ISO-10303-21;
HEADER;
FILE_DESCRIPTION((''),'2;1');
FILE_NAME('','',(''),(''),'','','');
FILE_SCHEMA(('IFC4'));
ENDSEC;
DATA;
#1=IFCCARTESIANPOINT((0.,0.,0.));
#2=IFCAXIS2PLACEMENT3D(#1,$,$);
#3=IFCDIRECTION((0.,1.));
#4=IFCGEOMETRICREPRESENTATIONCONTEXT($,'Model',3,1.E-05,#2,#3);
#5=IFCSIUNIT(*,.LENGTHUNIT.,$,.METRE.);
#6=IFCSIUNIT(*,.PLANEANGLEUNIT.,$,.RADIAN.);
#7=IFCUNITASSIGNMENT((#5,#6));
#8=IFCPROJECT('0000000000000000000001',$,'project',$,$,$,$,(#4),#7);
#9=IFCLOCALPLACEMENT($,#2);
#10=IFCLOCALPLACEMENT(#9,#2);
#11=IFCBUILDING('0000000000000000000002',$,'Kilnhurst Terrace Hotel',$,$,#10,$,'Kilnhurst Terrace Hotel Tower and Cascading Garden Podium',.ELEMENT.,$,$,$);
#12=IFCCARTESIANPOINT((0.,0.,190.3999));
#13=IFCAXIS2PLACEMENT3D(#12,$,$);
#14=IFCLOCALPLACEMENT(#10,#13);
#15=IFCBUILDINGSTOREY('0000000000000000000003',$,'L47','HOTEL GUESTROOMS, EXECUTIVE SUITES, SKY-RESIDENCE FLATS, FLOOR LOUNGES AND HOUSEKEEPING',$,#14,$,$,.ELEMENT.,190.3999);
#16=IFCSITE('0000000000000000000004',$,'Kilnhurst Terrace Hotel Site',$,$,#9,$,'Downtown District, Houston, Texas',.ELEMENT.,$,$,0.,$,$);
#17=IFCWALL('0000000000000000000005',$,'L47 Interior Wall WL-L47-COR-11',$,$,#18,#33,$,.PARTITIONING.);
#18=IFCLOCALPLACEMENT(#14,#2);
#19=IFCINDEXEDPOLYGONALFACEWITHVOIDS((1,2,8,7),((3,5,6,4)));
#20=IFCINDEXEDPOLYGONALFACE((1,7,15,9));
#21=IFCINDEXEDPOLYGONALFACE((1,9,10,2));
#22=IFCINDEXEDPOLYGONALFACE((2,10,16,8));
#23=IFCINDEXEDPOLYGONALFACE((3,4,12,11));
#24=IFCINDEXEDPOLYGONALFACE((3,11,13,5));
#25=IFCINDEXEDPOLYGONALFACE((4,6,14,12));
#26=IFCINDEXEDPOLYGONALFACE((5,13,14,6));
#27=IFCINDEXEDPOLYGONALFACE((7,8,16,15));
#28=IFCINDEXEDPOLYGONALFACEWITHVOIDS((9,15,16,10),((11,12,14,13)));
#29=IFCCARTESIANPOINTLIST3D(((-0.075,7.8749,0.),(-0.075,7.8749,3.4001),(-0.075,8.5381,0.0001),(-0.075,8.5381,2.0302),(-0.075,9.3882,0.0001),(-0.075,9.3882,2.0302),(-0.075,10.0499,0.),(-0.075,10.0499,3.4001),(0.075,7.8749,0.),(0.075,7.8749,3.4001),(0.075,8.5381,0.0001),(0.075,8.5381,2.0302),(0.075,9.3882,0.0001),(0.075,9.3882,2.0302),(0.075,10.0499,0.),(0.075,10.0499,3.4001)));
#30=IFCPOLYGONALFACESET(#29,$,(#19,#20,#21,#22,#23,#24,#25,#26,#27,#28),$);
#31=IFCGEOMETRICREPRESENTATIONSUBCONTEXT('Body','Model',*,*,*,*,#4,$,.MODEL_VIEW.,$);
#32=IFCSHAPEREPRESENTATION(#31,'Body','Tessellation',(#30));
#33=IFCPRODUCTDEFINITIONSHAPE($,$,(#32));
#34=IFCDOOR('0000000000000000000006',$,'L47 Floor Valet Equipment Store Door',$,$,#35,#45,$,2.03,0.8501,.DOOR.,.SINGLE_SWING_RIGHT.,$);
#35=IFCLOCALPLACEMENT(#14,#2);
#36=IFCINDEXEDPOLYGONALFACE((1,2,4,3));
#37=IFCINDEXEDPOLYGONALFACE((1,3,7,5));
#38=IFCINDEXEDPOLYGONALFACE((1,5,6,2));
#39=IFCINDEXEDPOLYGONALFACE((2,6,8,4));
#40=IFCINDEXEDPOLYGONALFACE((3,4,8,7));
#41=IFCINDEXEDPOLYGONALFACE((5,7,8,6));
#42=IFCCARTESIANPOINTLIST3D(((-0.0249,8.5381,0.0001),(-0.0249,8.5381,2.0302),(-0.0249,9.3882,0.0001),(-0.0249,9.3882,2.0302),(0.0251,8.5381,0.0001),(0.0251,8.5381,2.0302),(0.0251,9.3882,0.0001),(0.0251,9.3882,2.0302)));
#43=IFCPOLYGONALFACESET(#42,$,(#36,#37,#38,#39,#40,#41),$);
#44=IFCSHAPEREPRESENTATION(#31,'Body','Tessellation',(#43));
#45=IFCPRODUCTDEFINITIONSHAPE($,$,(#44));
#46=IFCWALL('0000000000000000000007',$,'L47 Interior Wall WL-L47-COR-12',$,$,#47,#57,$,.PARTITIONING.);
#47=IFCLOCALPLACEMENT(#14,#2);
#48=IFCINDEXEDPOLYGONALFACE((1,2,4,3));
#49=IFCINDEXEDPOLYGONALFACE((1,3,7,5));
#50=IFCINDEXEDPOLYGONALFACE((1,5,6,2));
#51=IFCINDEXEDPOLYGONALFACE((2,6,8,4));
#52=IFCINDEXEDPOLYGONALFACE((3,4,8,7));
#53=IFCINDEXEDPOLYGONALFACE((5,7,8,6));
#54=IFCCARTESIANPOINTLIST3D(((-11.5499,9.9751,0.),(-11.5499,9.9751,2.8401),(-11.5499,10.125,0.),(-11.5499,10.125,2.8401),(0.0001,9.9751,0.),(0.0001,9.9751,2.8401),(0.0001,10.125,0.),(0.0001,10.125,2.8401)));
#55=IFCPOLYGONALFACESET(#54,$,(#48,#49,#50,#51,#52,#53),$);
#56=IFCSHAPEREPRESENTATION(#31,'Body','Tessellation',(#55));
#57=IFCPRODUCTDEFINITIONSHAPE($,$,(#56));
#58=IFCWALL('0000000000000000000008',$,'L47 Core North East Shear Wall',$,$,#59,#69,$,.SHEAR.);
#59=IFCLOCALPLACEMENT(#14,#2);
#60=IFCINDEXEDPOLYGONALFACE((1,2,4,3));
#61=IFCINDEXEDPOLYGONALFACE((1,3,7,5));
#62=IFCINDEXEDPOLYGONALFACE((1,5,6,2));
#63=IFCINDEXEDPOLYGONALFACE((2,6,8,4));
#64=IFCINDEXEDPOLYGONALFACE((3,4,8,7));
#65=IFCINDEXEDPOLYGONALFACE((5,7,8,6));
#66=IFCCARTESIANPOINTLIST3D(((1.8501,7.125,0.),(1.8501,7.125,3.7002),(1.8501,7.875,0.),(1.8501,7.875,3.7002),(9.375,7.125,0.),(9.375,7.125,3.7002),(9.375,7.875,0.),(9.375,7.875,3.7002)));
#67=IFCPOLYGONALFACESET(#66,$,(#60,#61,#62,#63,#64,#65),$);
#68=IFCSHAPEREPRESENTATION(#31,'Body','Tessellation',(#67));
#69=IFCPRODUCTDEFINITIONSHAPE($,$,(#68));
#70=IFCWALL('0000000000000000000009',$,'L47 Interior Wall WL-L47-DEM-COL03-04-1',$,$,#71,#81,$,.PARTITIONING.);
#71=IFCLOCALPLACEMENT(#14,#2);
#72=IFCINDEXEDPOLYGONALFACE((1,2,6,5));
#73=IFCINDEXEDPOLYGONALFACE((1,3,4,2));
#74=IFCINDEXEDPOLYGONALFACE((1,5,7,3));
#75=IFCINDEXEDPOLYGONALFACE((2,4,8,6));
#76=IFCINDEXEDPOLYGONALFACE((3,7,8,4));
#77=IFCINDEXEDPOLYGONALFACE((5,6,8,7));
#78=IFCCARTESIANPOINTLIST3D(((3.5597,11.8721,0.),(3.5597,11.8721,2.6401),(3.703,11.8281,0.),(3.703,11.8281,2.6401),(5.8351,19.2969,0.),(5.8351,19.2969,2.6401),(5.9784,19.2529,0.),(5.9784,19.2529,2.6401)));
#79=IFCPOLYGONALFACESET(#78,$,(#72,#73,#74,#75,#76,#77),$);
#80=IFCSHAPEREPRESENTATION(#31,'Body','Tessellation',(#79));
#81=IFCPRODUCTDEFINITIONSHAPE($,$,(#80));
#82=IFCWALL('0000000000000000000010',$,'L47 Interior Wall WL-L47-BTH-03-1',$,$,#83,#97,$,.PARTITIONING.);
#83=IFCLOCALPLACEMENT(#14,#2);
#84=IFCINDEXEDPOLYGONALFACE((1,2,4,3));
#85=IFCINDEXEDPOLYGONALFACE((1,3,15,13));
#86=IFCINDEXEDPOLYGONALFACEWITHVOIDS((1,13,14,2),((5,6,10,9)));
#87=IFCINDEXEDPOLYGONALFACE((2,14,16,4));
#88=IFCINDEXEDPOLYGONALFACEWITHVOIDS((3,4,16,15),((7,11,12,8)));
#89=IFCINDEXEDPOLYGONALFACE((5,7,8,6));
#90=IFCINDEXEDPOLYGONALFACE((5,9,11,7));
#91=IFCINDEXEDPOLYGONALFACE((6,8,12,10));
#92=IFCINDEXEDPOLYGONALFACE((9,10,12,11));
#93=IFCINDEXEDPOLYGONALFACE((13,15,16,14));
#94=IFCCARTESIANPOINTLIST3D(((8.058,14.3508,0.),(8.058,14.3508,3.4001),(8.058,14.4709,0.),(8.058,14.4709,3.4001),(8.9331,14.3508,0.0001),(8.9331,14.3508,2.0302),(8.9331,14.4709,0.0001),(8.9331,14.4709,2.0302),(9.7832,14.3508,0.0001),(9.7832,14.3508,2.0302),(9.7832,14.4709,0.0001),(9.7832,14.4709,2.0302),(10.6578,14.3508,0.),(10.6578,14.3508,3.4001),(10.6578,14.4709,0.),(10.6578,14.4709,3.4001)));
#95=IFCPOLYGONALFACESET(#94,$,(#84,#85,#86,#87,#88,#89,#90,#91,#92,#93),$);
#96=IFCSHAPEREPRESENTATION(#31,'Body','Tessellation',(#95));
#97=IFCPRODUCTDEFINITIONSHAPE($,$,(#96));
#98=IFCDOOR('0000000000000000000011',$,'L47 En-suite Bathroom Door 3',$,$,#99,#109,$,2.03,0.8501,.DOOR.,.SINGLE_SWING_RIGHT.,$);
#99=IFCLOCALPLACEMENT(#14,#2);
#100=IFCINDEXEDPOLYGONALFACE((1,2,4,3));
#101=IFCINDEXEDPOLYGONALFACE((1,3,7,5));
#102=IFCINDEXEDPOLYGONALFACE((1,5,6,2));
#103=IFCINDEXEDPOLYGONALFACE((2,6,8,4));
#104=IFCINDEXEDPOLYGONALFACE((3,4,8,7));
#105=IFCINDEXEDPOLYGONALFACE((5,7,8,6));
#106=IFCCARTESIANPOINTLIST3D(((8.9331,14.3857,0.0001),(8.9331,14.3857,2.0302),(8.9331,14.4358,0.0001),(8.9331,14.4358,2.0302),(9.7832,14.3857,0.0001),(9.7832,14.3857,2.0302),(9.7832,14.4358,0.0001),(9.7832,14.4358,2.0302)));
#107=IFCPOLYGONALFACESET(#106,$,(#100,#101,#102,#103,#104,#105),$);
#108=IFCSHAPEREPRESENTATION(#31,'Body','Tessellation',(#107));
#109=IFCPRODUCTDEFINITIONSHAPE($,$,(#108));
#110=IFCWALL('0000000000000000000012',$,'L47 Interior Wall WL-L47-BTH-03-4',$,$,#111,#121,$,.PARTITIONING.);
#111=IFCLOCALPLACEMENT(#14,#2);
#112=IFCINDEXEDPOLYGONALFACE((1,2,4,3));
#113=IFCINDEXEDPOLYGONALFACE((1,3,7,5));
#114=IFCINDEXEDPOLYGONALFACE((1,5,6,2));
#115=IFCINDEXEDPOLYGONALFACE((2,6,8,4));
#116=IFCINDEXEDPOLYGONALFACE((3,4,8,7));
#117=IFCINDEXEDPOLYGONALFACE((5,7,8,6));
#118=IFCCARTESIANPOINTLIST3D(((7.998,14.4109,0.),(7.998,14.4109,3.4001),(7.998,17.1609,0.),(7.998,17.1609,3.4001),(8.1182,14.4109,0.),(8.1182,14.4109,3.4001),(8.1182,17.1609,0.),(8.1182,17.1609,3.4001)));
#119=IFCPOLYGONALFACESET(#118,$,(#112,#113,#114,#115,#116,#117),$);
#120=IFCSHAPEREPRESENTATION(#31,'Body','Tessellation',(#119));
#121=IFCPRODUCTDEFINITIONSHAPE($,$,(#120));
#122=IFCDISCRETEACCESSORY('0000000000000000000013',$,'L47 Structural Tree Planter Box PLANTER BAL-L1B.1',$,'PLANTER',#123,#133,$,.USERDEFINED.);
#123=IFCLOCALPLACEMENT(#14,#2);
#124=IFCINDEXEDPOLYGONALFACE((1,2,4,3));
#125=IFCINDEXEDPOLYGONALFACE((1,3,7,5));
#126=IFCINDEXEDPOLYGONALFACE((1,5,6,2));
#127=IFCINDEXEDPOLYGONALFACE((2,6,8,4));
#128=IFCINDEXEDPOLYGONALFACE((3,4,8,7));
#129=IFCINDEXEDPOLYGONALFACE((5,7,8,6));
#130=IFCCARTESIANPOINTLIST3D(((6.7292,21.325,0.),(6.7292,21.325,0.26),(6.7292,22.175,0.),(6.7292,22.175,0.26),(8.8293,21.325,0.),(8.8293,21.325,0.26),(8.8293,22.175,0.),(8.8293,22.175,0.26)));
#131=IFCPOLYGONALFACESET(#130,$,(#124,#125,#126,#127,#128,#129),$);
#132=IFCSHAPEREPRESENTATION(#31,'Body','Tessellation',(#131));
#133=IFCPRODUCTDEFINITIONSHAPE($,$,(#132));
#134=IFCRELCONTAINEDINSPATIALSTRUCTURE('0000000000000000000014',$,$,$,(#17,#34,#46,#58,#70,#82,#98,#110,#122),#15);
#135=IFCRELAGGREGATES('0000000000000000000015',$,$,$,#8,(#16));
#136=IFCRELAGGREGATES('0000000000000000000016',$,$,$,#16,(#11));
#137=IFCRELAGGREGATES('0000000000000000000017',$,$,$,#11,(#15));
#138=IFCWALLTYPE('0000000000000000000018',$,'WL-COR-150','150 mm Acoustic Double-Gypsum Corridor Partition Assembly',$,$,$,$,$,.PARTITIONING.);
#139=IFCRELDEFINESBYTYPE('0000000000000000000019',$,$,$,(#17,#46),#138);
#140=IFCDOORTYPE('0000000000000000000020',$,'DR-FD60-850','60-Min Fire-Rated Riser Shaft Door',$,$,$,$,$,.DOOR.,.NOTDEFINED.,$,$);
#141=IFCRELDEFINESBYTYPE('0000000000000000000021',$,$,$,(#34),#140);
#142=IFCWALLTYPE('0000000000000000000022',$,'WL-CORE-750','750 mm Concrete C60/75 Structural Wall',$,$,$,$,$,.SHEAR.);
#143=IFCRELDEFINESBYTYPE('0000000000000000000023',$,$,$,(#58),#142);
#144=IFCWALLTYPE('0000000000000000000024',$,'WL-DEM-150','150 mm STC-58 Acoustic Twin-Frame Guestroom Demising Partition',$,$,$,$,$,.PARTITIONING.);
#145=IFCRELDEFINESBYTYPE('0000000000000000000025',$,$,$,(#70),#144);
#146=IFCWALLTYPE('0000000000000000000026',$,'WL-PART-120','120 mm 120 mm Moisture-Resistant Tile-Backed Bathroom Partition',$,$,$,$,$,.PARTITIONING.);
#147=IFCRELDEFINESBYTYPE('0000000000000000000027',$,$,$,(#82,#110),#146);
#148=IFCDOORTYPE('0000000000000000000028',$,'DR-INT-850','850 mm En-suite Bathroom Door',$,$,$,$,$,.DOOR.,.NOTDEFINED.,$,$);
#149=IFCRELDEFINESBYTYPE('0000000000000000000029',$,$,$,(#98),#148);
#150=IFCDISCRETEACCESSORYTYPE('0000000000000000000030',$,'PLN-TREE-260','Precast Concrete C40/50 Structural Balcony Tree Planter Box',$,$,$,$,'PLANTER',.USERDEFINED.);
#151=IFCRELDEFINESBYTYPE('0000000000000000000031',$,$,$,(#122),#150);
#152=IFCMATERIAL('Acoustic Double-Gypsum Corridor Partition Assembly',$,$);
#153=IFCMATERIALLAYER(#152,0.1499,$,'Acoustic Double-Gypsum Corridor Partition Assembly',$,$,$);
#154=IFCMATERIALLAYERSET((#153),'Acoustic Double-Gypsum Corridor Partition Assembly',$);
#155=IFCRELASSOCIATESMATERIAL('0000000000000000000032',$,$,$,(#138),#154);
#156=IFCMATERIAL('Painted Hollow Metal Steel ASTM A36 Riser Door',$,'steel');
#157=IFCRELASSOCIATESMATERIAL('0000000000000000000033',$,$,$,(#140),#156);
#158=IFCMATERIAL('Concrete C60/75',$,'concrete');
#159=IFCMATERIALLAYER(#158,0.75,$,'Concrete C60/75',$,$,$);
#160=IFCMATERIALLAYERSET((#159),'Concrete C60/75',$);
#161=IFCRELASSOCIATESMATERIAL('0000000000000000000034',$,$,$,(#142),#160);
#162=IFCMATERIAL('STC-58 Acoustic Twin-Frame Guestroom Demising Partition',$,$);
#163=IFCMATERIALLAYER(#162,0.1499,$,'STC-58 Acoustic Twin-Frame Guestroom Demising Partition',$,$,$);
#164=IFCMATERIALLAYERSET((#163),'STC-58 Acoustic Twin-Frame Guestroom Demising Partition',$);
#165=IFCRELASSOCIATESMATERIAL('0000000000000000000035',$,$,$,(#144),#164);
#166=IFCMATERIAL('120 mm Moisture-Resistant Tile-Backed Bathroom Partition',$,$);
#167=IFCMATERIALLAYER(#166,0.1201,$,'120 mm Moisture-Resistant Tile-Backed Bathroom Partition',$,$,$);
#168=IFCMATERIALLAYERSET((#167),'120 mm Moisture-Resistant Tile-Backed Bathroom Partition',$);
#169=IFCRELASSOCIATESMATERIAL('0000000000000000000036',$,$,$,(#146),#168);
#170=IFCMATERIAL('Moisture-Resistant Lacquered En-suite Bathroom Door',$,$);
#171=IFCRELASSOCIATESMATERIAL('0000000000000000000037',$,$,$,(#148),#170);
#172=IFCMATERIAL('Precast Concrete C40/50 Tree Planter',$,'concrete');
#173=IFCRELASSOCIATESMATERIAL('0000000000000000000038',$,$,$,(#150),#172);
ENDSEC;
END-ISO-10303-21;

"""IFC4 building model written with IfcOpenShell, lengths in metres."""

from ifc_helpers import new_model, si_unit, direction, frame, frame_2d, origin, origin_2d, place, context, subcontext, project, spatial, rectangle, extrude, material, layer, layer_set, type_object, element, fill, save


model = new_model("IFC4")

# Units and contexts
model_context = context("Model", 3, precision=1e-05, world=origin(), true_north=direction((0.0, 1.0)))
body_context = subcontext(model_context, "Body", "Model", "MODEL_VIEW")
ifc_project = project(units=[si_unit("LENGTHUNIT", "METRE"), si_unit("PLANEANGLEUNIT", "RADIAN")], contexts=[model_context])

# Site, building, storey
site_placement = place(None, origin())
site = spatial("IfcSite", under=ifc_project, at=site_placement, Name="Kilnhurst Terrace Hotel Site", LongName="Downtown District, Houston, Texas", CompositionType="ELEMENT", RefElevation=0.0)
building_placement = place(site_placement, origin())
building = spatial("IfcBuilding", under=site, at=building_placement, Name="Kilnhurst Terrace Hotel", LongName="Kilnhurst Terrace Hotel Tower and Cascading Garden Podium", CompositionType="ELEMENT")
storey_placement = place(building_placement, frame((0.0, 0.0, 190.3999)))
storey = spatial("IfcBuildingStorey", under=building, at=storey_placement, Name="L47", Description="HOTEL GUESTROOMS, EXECUTIVE SUITES, SKY-RESIDENCE FLATS, FLOOR LOUNGES AND HOUSEKEEPING", CompositionType="ELEMENT", Elevation=190.3999)

# Shared definitions
ifc_material_1 = material(Name="Acoustic Double-Gypsum Corridor Partition Assembly")
ifc_layer_1 = layer(ifc_material_1, 0.1499, Name="Acoustic Double-Gypsum Corridor Partition Assembly")
ifc_layer_set_1 = layer_set([ifc_layer_1], Name="Acoustic Double-Gypsum Corridor Partition Assembly")
wall_type_1 = type_object("IfcWallType", Name="WL-COR-150", Description="150 mm Acoustic Double-Gypsum Corridor Partition Assembly", PredefinedType="PARTITIONING", material=ifc_layer_set_1)

# Wall, opening, door
wall_1_placement = place(storey_placement, frame((0.0, 7.875, 0.0), z_axis=(0.0, 0.0, 1.0), x_axis=(0.0, 1.0, 0.0)))
wall_1 = element("IfcWall", 1, at=wall_1_placement, inside=storey, type_object=wall_type_1, Name="L47 Interior Wall WL-L47-COR-11", PredefinedType="PARTITIONING", context=body_context, shape_type="SweptSolid", body=[
    extrude(rectangle(XDim=2.175, YDim=0.1499, at=frame_2d((1.0874, 0.0))), origin(), (0.0, 0.0, 1.0), 3.4001),
])
opening_1_placement = place(wall_1_placement, frame((0.6631, 0.0, 0.0)))
opening_1 = element("IfcOpeningElement", 2, at=opening_1_placement, cuts=wall_1, PredefinedType="OPENING", context=body_context, shape_type="SweptSolid", body=[
    extrude(rectangle(XDim=0.8501, YDim=2.03, at=frame_2d((0.425, 1.0151))), frame((0.0, 0.085, 0.0), z_axis=(0.0, -1.0, 0.0), x_axis=(1.0, 0.0, 0.0)), (0.0, 0.0, 1.0), 0.1699),
])
ifc_material_2 = material(Name="Painted Hollow Metal Steel ASTM A36 Riser Door", Category="steel")
door_type_1 = type_object("IfcDoorType", Name="DR-FD60-850", Description="60-Min Fire-Rated Riser Shaft Door", OperationType="NOTDEFINED", PredefinedType="DOOR", material=ifc_material_2)
door_1_placement = place(opening_1_placement, origin())
door_1 = element("IfcDoor", 3, at=door_1_placement, inside=storey, type_object=door_type_1, Name="L47 Floor Valet Equipment Store Door", OperationType="SINGLE_SWING_RIGHT", OverallHeight=2.03, OverallWidth=0.8501, PredefinedType="DOOR", context=body_context, shape_type="SweptSolid", body=[
    extrude(rectangle(XDim=0.8501, YDim=2.03, at=frame_2d((0.425, 1.0151))), frame((0.0, 0.0249, 0.0), z_axis=(0.0, -1.0, 0.0), x_axis=(1.0, 0.0, 0.0)), (0.0, 0.0, 1.0), 0.05),
])
fill(opening_1, door_1)

# Walls
wall_2_placement = place(storey_placement, frame((0.0, 10.05, 0.0), z_axis=(0.0, 0.0, 1.0), x_axis=(-1.0, 0.0, 0.0)))
element("IfcWall", 4, at=wall_2_placement, inside=storey, type_object=wall_type_1, Name="L47 Interior Wall WL-L47-COR-12", PredefinedType="PARTITIONING", context=body_context, shape_type="SweptSolid", body=[
    extrude(rectangle(XDim=11.55, YDim=0.1499, at=frame_2d((5.7749, 0.0))), origin(), (0.0, 0.0, 1.0), 2.8401),
])
ifc_material_3 = material(Name="Concrete C60/75", Category="concrete")
ifc_layer_2 = layer(ifc_material_3, 0.75, Name="Concrete C60/75")
ifc_layer_set_2 = layer_set([ifc_layer_2], Name="Concrete C60/75")
wall_type_2 = type_object("IfcWallType", Name="WL-CORE-750", Description="750 mm Concrete C60/75 Structural Wall", PredefinedType="SHEAR", material=ifc_layer_set_2)
wall_3_placement = place(storey_placement, frame((1.8501, 7.5, 0.0), z_axis=(0.0, 0.0, 1.0), x_axis=(1.0, 0.0, 0.0)))
element("IfcWall", 5, at=wall_3_placement, inside=storey, type_object=wall_type_2, Name="L47 Core North East Shear Wall", PredefinedType="SHEAR", context=body_context, shape_type="SweptSolid", body=[
    extrude(rectangle(XDim=7.5249, YDim=0.75, at=frame_2d((3.7625, 0.0))), origin(), (0.0, 0.0, 1.0), 3.7002),
])
ifc_material_4 = material(Name="STC-58 Acoustic Twin-Frame Guestroom Demising Partition")
ifc_layer_3 = layer(ifc_material_4, 0.1499, Name="STC-58 Acoustic Twin-Frame Guestroom Demising Partition")
ifc_layer_set_3 = layer_set([ifc_layer_3], Name="STC-58 Acoustic Twin-Frame Guestroom Demising Partition")
wall_type_3 = type_object("IfcWallType", Name="WL-DEM-150", Description="150 mm STC-58 Acoustic Twin-Frame Guestroom Demising Partition", PredefinedType="PARTITIONING", material=ifc_layer_set_3)
wall_4_placement = place(storey_placement, frame((3.6313, 11.8501, 0.0), z_axis=(0.0, 0.0, 1.0), x_axis=(0.293008, 0.95611, 0.0)))
element("IfcWall", 6, at=wall_4_placement, inside=storey, type_object=wall_type_3, Name="L47 Interior Wall WL-L47-DEM-COL03-04-1", PredefinedType="PARTITIONING", context=body_context, shape_type="SweptSolid", body=[
    extrude(rectangle(XDim=7.7656, YDim=0.1499, at=frame_2d((3.8828, 0.0))), origin(), (0.0, 0.0, 1.0), 2.6401),
])

# Wall, opening, door
ifc_material_5 = material(Name="120 mm Moisture-Resistant Tile-Backed Bathroom Partition")
ifc_layer_4 = layer(ifc_material_5, 0.1201, Name="120 mm Moisture-Resistant Tile-Backed Bathroom Partition")
ifc_layer_set_4 = layer_set([ifc_layer_4], Name="120 mm Moisture-Resistant Tile-Backed Bathroom Partition")
wall_type_4 = type_object("IfcWallType", Name="WL-PART-120", Description="120 mm 120 mm Moisture-Resistant Tile-Backed Bathroom Partition", PredefinedType="PARTITIONING", material=ifc_layer_set_4)
wall_5_placement = place(storey_placement, frame((8.0581, 14.4109, 0.0), z_axis=(0.0, 0.0, 1.0), x_axis=(1.0, 0.0, 0.0)))
wall_5 = element("IfcWall", 7, at=wall_5_placement, inside=storey, type_object=wall_type_4, Name="L47 Interior Wall WL-L47-BTH-03-1", PredefinedType="PARTITIONING", context=body_context, shape_type="SweptSolid", body=[
    extrude(rectangle(XDim=2.5999, YDim=0.1201, at=frame_2d((1.2998, 0.0))), origin(), (0.0, 0.0, 1.0), 3.4001),
])
opening_2_placement = place(wall_5_placement, frame((0.875, 0.0, 0.0)))
opening_2 = element("IfcOpeningElement", 8, at=opening_2_placement, cuts=wall_5, PredefinedType="OPENING", context=body_context, shape_type="SweptSolid", body=[
    extrude(rectangle(XDim=0.8501, YDim=2.03, at=frame_2d((0.425, 1.0151))), frame((0.0, 0.0701, 0.0), z_axis=(0.0, -1.0, 0.0), x_axis=(1.0, 0.0, 0.0)), (0.0, 0.0, 1.0), 0.1401),
])
ifc_material_6 = material(Name="Moisture-Resistant Lacquered En-suite Bathroom Door")
door_type_2 = type_object("IfcDoorType", Name="DR-INT-850", Description="850 mm En-suite Bathroom Door", OperationType="NOTDEFINED", PredefinedType="DOOR", material=ifc_material_6)
door_2_placement = place(opening_2_placement, origin())
door_2 = element("IfcDoor", 9, at=door_2_placement, inside=storey, type_object=door_type_2, Name="L47 En-suite Bathroom Door 3", OperationType="SINGLE_SWING_RIGHT", OverallHeight=2.03, OverallWidth=0.8501, PredefinedType="DOOR", context=body_context, shape_type="SweptSolid", body=[
    extrude(rectangle(XDim=0.8501, YDim=2.03, at=frame_2d((0.425, 1.0151))), frame((0.0, 0.0249, 0.0), z_axis=(0.0, -1.0, 0.0), x_axis=(1.0, 0.0, 0.0)), (0.0, 0.0, 1.0), 0.05),
])
fill(opening_2, door_2)

# Wall
wall_6_placement = place(storey_placement, frame((8.0581, 17.1609, 0.0), z_axis=(0.0, 0.0, 1.0), x_axis=(0.0, -1.0, 0.0)))
element("IfcWall", 10, at=wall_6_placement, inside=storey, type_object=wall_type_4, Name="L47 Interior Wall WL-L47-BTH-03-4", PredefinedType="PARTITIONING", context=body_context, shape_type="SweptSolid", body=[
    extrude(rectangle(XDim=2.75, YDim=0.1201, at=frame_2d((1.375, 0.0))), origin(), (0.0, 0.0, 1.0), 3.4001),
])

# Discrete accessory
ifc_material_7 = material(Name="Precast Concrete C40/50 Tree Planter", Category="concrete")
discrete_accessory_type = type_object("IfcDiscreteAccessoryType", Name="PLN-TREE-260", Description="Precast Concrete C40/50 Structural Balcony Tree Planter Box", ElementType="PLANTER", PredefinedType="USERDEFINED", material=ifc_material_7)
discrete_accessory_placement = place(storey_placement, frame((7.7793, 21.75, 0.0), z_axis=(0.0, 0.0, 1.0), x_axis=(-1.0, 0.0, 0.0)))
element("IfcDiscreteAccessory", 11, at=discrete_accessory_placement, inside=storey, type_object=discrete_accessory_type, Name="L47 Structural Tree Planter Box PLANTER BAL-L1B.1", ObjectType="PLANTER", PredefinedType="USERDEFINED", context=body_context, shape_type="SweptSolid", body=[
    extrude(rectangle(XDim=2.1001, YDim=0.8501, at=origin_2d()), origin(), (0.0, 0.0, 1.0), 0.26),
])

save(model, "model.ifc")
